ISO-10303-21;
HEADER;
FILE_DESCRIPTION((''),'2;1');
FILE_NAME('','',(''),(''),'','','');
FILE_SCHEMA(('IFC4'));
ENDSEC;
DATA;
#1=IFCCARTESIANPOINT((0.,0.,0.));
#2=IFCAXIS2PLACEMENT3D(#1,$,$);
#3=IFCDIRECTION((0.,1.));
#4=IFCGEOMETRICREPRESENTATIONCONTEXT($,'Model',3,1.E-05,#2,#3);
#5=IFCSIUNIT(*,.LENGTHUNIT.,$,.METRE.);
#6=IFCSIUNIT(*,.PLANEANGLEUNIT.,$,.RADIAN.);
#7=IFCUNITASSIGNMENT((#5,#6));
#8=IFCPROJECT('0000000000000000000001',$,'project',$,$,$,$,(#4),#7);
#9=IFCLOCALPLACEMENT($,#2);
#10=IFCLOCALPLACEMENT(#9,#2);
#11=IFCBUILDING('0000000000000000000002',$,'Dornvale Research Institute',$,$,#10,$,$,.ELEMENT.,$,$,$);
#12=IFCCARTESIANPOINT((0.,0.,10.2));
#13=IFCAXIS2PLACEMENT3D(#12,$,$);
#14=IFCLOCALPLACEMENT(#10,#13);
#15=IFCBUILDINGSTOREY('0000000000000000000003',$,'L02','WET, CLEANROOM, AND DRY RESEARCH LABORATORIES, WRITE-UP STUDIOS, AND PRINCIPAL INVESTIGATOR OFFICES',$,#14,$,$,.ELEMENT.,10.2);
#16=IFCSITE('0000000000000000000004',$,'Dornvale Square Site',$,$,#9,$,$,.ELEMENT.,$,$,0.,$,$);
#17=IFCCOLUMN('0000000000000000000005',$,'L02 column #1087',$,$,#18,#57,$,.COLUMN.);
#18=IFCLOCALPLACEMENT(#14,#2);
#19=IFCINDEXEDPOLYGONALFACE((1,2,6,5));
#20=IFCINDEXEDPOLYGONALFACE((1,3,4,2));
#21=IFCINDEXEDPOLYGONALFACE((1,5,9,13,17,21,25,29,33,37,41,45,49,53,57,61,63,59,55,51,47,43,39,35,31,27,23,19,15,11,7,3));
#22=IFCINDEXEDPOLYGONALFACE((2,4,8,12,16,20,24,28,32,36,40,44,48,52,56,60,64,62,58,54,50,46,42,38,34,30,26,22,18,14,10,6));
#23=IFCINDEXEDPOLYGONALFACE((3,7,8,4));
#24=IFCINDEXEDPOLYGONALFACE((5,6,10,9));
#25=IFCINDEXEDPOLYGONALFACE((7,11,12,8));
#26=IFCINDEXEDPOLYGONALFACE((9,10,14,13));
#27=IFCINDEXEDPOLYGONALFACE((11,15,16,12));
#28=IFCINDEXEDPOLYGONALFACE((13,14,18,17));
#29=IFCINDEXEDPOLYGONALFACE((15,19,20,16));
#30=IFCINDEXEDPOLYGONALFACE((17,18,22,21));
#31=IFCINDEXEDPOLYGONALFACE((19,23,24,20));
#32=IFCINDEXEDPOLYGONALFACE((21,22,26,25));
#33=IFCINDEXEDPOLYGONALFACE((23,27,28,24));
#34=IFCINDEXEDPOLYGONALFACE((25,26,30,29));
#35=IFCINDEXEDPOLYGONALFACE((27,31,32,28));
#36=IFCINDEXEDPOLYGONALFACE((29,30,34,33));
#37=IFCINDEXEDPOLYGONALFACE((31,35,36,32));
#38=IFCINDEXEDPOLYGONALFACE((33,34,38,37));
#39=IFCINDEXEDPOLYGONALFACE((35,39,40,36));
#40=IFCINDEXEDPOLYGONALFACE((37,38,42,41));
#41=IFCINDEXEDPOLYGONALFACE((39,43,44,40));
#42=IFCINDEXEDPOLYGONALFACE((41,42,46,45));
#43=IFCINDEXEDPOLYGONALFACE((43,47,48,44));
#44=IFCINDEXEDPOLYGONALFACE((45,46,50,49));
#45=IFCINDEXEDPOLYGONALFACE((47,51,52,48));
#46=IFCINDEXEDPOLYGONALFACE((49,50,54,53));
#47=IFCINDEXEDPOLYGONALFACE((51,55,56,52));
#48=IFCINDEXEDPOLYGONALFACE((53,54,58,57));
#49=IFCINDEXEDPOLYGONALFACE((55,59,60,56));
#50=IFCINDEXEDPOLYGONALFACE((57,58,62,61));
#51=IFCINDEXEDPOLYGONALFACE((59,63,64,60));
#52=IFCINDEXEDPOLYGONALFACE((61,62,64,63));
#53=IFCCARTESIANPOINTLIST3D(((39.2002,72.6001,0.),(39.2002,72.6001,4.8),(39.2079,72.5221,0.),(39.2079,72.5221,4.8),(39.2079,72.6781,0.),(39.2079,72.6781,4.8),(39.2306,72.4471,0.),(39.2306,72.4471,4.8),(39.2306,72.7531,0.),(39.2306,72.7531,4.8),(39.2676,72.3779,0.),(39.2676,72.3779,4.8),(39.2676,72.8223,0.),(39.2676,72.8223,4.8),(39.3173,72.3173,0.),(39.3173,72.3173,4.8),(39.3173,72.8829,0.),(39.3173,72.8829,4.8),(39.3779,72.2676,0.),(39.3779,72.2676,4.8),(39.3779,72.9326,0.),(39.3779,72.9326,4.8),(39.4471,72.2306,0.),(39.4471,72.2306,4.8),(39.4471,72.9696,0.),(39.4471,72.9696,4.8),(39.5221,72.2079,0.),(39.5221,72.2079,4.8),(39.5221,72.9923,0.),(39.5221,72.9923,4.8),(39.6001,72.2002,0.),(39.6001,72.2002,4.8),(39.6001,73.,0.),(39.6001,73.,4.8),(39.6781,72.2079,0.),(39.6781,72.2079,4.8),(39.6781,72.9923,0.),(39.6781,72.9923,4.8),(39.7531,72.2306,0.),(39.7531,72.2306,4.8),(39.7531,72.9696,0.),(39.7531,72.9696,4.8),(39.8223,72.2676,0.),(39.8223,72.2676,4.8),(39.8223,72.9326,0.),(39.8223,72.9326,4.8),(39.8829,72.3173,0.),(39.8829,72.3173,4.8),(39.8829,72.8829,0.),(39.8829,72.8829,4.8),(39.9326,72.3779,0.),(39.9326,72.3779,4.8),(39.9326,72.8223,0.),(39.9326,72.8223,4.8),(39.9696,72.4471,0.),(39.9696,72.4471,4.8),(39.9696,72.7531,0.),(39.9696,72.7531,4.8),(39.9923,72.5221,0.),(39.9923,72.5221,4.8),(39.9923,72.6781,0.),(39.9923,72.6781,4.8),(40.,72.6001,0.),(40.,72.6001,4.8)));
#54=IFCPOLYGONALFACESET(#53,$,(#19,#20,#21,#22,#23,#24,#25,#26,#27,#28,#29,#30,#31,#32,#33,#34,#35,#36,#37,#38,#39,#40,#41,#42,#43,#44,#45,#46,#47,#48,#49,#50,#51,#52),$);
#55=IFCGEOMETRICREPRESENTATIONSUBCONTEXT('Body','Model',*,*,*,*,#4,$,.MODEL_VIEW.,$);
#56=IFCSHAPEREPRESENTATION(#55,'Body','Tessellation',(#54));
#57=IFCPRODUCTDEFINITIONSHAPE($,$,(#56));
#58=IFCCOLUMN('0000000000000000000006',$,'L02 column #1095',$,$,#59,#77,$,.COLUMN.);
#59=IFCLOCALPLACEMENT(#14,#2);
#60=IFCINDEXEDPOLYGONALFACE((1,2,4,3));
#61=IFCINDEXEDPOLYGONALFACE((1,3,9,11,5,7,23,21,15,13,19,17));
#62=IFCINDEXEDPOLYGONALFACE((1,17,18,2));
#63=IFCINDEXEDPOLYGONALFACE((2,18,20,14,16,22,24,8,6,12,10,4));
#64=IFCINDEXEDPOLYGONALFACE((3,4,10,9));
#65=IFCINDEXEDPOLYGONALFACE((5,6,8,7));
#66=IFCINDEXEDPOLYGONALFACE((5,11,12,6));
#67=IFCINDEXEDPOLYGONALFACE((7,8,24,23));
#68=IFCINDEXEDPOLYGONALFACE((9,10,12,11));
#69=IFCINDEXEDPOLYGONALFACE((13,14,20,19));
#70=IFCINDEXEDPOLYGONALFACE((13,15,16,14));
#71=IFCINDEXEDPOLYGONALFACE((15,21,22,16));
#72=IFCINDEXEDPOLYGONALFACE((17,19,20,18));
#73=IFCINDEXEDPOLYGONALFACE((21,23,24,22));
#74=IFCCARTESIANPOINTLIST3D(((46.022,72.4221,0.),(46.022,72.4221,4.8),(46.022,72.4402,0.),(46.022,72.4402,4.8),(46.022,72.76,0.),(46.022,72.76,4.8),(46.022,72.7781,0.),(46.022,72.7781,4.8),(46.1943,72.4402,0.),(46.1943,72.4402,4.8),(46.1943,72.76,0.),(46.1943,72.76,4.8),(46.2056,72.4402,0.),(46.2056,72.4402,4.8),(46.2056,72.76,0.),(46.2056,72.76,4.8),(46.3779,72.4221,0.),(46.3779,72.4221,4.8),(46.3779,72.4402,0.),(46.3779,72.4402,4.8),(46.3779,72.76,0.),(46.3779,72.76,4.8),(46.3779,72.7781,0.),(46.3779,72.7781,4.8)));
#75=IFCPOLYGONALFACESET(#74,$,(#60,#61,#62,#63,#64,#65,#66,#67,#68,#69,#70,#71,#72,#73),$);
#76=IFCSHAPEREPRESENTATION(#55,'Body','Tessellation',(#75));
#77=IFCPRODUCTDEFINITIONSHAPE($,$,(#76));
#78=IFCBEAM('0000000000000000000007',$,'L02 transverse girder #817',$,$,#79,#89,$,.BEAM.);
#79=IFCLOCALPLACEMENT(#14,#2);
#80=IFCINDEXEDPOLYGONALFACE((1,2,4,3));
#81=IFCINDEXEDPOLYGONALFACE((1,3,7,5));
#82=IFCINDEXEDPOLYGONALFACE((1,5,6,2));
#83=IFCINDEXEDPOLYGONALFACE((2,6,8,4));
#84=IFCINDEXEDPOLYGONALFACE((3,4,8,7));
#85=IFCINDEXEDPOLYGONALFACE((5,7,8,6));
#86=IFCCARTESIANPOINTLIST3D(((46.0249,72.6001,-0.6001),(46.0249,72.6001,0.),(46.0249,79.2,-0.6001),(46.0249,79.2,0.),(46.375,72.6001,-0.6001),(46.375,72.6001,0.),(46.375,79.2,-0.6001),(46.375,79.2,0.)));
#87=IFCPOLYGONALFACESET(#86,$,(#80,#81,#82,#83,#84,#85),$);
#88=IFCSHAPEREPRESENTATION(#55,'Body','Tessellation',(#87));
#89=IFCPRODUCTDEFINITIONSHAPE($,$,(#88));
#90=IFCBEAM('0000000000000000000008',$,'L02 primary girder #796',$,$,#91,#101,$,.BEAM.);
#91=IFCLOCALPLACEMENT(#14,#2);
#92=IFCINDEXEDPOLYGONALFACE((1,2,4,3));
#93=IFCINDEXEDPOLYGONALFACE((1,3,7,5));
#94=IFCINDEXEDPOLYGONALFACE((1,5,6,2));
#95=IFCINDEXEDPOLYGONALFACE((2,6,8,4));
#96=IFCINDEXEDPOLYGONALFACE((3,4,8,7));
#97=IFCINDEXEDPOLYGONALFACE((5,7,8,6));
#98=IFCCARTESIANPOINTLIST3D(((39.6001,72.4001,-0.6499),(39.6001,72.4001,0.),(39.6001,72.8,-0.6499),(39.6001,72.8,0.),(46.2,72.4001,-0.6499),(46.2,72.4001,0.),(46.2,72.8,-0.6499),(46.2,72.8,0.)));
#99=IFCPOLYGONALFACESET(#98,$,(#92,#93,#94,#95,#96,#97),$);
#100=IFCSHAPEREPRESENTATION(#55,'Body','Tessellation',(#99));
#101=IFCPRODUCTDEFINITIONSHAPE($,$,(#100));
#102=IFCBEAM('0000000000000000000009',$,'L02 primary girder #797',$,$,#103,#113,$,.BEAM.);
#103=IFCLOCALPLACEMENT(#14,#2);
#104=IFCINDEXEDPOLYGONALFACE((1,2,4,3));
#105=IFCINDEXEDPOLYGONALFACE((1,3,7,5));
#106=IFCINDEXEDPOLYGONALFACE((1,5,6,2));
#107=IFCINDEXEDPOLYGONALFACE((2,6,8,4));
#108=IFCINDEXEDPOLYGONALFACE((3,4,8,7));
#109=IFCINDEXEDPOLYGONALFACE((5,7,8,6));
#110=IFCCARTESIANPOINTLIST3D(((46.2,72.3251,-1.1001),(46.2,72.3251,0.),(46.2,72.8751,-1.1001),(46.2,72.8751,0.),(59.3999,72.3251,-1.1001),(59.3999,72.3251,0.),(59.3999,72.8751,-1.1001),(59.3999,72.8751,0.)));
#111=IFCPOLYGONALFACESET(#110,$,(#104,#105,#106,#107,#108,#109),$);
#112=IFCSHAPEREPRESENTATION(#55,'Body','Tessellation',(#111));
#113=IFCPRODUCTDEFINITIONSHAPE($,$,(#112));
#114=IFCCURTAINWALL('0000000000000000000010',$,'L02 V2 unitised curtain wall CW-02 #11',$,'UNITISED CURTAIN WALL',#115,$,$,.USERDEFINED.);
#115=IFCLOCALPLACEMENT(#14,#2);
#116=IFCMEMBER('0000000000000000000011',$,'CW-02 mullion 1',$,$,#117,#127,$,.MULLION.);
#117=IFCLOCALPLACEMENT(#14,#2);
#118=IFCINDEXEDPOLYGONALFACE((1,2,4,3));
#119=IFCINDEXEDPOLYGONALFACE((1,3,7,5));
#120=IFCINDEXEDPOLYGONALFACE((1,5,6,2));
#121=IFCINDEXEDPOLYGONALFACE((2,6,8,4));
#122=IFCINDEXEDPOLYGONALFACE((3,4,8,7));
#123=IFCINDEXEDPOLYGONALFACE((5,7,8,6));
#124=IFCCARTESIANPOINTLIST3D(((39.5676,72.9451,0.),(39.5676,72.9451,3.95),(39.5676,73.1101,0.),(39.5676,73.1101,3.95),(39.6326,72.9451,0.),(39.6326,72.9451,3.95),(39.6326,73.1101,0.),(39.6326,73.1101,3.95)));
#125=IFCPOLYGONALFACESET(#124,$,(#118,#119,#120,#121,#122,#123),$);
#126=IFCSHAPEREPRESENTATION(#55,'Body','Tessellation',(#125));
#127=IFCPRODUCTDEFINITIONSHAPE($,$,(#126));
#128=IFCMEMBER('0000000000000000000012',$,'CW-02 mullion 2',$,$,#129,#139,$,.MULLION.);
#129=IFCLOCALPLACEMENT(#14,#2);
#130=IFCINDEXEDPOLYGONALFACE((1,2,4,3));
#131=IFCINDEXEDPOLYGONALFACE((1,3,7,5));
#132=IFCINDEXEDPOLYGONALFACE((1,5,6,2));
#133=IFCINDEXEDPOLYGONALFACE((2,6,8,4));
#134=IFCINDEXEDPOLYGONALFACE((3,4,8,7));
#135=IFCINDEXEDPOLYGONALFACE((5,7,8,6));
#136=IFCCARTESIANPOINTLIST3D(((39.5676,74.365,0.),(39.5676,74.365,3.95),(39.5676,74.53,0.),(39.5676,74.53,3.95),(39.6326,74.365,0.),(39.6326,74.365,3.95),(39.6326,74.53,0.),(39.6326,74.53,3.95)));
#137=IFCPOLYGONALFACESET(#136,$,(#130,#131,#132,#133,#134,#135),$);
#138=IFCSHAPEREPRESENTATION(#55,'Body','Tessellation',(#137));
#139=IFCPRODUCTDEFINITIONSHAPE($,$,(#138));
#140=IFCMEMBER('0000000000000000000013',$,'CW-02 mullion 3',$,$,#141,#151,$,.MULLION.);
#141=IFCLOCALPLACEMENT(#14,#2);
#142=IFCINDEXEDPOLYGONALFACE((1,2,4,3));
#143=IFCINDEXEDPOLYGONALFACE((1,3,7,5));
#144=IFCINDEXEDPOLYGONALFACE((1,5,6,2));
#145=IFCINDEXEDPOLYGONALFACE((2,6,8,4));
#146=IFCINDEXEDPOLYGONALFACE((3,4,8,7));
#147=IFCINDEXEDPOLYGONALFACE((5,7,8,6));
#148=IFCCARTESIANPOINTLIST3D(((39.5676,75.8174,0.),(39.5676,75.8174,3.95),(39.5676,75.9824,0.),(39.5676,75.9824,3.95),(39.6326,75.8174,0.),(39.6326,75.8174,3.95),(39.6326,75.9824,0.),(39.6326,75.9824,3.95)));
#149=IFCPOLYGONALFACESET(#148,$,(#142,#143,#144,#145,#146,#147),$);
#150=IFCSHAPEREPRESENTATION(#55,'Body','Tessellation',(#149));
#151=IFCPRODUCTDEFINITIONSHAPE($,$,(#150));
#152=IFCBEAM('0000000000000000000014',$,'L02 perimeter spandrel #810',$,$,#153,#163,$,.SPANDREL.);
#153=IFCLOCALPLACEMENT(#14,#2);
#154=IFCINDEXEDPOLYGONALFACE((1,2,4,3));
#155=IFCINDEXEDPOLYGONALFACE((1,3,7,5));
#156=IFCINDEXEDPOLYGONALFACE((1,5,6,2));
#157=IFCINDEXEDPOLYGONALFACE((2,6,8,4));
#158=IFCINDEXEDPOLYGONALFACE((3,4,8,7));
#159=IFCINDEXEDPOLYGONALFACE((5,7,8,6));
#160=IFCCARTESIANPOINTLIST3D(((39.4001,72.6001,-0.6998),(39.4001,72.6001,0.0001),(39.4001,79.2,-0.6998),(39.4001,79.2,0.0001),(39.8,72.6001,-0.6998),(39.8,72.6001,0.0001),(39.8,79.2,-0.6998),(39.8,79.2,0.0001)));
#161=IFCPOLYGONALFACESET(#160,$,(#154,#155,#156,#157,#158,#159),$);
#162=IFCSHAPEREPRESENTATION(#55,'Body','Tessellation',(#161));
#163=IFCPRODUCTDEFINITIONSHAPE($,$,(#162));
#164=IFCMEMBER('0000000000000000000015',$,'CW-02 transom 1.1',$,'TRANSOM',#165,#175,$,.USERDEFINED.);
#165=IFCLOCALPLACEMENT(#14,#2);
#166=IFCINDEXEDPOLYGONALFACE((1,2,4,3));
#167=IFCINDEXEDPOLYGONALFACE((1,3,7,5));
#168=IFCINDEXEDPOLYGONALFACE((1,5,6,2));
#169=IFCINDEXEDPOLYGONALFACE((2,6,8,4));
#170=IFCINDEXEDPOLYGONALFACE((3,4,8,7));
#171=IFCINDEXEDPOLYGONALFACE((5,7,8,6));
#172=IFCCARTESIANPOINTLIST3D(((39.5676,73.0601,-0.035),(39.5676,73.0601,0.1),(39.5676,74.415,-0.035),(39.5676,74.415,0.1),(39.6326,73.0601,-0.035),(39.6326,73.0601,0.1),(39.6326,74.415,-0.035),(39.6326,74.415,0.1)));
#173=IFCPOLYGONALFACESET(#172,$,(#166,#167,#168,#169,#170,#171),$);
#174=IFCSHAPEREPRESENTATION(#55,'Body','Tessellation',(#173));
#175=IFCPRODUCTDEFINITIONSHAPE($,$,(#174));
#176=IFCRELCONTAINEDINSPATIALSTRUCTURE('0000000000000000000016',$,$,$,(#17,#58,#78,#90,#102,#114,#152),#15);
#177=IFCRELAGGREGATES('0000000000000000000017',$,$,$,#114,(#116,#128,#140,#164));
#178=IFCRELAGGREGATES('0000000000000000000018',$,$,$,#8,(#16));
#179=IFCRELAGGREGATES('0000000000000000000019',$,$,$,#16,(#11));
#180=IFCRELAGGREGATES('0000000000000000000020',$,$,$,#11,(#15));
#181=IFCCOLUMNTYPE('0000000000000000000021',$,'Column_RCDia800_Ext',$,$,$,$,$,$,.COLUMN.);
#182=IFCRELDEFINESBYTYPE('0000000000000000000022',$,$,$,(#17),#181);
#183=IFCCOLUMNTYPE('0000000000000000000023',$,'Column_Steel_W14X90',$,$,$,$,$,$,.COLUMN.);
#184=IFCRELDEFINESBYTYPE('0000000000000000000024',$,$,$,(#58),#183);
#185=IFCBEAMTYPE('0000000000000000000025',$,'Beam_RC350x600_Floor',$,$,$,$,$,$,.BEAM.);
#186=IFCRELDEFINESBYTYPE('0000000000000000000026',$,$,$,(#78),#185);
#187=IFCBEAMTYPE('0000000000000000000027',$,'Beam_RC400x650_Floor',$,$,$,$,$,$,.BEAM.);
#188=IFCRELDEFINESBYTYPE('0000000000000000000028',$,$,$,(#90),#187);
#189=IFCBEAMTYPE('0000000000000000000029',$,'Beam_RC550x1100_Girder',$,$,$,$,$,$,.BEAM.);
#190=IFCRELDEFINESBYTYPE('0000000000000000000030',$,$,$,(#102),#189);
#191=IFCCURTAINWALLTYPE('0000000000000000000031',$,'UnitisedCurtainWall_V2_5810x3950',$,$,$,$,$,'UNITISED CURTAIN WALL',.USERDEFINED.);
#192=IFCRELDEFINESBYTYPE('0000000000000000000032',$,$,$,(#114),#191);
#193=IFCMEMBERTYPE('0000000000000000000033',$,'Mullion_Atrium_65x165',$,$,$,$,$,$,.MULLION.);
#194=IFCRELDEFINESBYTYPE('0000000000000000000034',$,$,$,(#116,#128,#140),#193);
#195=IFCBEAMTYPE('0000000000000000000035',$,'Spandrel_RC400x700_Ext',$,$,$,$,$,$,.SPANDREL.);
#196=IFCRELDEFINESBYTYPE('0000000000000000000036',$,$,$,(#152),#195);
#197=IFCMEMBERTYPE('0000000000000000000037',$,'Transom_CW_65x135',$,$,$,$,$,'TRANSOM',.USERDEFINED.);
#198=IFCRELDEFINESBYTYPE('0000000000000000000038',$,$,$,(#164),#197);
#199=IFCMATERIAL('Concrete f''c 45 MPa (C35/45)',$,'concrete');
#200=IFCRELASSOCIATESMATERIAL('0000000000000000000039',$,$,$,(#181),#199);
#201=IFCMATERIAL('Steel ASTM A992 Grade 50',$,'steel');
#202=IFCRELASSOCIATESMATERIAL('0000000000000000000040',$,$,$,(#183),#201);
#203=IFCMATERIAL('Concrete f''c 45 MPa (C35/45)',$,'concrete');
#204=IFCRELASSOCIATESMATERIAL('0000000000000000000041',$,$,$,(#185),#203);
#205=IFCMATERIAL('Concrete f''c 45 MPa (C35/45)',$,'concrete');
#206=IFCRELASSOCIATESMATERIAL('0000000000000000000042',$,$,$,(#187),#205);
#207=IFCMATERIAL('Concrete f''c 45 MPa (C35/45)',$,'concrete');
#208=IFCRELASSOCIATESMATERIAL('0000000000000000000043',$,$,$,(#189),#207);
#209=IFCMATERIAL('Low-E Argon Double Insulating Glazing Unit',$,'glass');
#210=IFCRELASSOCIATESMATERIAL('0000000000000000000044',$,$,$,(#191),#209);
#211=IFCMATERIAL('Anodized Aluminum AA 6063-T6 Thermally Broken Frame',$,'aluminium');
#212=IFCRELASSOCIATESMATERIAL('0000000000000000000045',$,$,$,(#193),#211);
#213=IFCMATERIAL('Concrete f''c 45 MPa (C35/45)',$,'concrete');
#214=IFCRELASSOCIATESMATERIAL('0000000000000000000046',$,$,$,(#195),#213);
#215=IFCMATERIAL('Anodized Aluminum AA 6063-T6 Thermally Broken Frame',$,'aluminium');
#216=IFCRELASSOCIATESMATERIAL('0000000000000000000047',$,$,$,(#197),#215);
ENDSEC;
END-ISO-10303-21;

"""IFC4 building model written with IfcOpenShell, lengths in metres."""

from ifc_helpers import new_model, si_unit, direction, frame, origin, origin_2d, place, context, subcontext, project, spatial, rectangle, circle, i_section, extrude, material, material_profile, profile_set, type_object, element, aggregate, save


model = new_model("IFC4")

# Units and contexts
model_context = context("Model", 3, precision=1e-05, world=origin(), true_north=direction((0.0, 1.0)))
body_context = subcontext(model_context, "Body", "Model", "MODEL_VIEW")
ifc_project = project(units=[si_unit("LENGTHUNIT", "METRE"), si_unit("PLANEANGLEUNIT", "RADIAN")], contexts=[model_context])

# Site, building, storey
site_placement = place(None, origin())
site = spatial("IfcSite", under=ifc_project, at=site_placement, Name="Dornvale Square Site", CompositionType="ELEMENT", RefElevation=0.0)
building_placement = place(site_placement, origin())
building = spatial("IfcBuilding", under=site, at=building_placement, Name="Dornvale Research Institute", CompositionType="ELEMENT")
storey_placement = place(building_placement, frame((0.0, 0.0, 10.2)))
storey = spatial("IfcBuildingStorey", under=building, at=storey_placement, Name="L02", Description="WET, CLEANROOM, AND DRY RESEARCH LABORATORIES, WRITE-UP STUDIOS, AND PRINCIPAL INVESTIGATOR OFFICES", CompositionType="ELEMENT", Elevation=10.2)

# Columns
ifc_material_1 = material(Name="Concrete f'c 45 MPa (C35/45)", Category="concrete")
ifc_material_profile_1 = material_profile(ifc_material_1, circle(Radius=0.3999, at=origin_2d()), Name="RC DIA 800")
ifc_profile_set_1 = profile_set([ifc_material_profile_1], Name="Concrete f'c 45 MPa (C35/45)")
column_type_1 = type_object("IfcColumnType", Name="Column_RCDia800_Ext", PredefinedType="COLUMN", material=ifc_profile_set_1)
column_1_placement = place(storey_placement, frame((39.6001, 72.6001, 0.0), z_axis=(0.0, 0.0, 1.0), x_axis=(1.0, 0.0, 0.0)))
element("IfcColumn", 1, at=column_1_placement, inside=storey, type_object=column_type_1, Name="L02 column #1087", PredefinedType="COLUMN", context=body_context, shape_type="SweptSolid", body=[
    extrude(circle(Radius=0.3999, at=origin_2d()), origin(), (0.0, 0.0, 1.0), 4.8),
])
ifc_material_2 = material(Name="Steel ASTM A992 Grade 50", Category="steel")
ifc_material_profile_2 = material_profile(ifc_material_2, i_section(OverallWidth=0.356, OverallDepth=0.356, WebThickness=0.0112, FlangeThickness=0.0181, at=origin_2d()), Name="W14X90")
ifc_profile_set_2 = profile_set([ifc_material_profile_2], Name="Steel ASTM A992 Grade 50")
column_type_2 = type_object("IfcColumnType", Name="Column_Steel_W14X90", PredefinedType="COLUMN", material=ifc_profile_set_2)
column_2_placement = place(storey_placement, frame((46.2, 72.6001, 0.0), z_axis=(0.0, 0.0, 1.0), x_axis=(1.0, 0.0, 0.0)))
element("IfcColumn", 2, at=column_2_placement, inside=storey, type_object=column_type_2, Name="L02 column #1095", PredefinedType="COLUMN", context=body_context, shape_type="SweptSolid", body=[
    extrude(i_section(OverallWidth=0.356, OverallDepth=0.356, WebThickness=0.0112, FlangeThickness=0.0181, at=origin_2d()), origin(), (0.0, 0.0, 1.0), 4.8),
])

# Beams
ifc_material_3 = material(Name="Concrete f'c 45 MPa (C35/45)", Category="concrete")
ifc_material_profile_3 = material_profile(ifc_material_3, rectangle(XDim=0.3501, YDim=0.6001, at=origin_2d()), Name="RC 350x600")
ifc_profile_set_3 = profile_set([ifc_material_profile_3], Name="Concrete f'c 45 MPa (C35/45)")
beam_type_1 = type_object("IfcBeamType", Name="Beam_RC350x600_Floor", PredefinedType="BEAM", material=ifc_profile_set_3)
beam_1_placement = place(storey_placement, frame((46.2, 72.6001, -0.3), z_axis=(0.0, 1.0, 0.0), x_axis=(-1.0, 0.0, 0.0)))
element("IfcBeam", 3, at=beam_1_placement, inside=storey, type_object=beam_type_1, Name="L02 transverse girder #817", PredefinedType="BEAM", context=body_context, shape_type="SweptSolid", body=[
    extrude(rectangle(XDim=0.3501, YDim=0.6001, at=origin_2d()), origin(), (0.0, 0.0, 1.0), 6.5999),
])
ifc_material_4 = material(Name="Concrete f'c 45 MPa (C35/45)", Category="concrete")
ifc_material_profile_4 = material_profile(ifc_material_4, rectangle(XDim=0.3999, YDim=0.6499, at=origin_2d()), Name="RC 400x650")
ifc_profile_set_4 = profile_set([ifc_material_profile_4], Name="Concrete f'c 45 MPa (C35/45)")
beam_type_2 = type_object("IfcBeamType", Name="Beam_RC400x650_Floor", PredefinedType="BEAM", material=ifc_profile_set_4)
beam_2_placement = place(storey_placement, frame((39.6001, 72.6001, -0.325), z_axis=(1.0, 0.0, 0.0), x_axis=(0.0, 1.0, 0.0)))
element("IfcBeam", 4, at=beam_2_placement, inside=storey, type_object=beam_type_2, Name="L02 primary girder #796", PredefinedType="BEAM", context=body_context, shape_type="SweptSolid", body=[
    extrude(rectangle(XDim=0.3999, YDim=0.6499, at=origin_2d()), origin(), (0.0, 0.0, 1.0), 6.5999),
])
ifc_material_5 = material(Name="Concrete f'c 45 MPa (C35/45)", Category="concrete")
ifc_material_profile_5 = material_profile(ifc_material_5, rectangle(XDim=0.55, YDim=1.1001, at=origin_2d()), Name="RC 550x1100")
ifc_profile_set_5 = profile_set([ifc_material_profile_5], Name="Concrete f'c 45 MPa (C35/45)")
beam_type_3 = type_object("IfcBeamType", Name="Beam_RC550x1100_Girder", PredefinedType="BEAM", material=ifc_profile_set_5)
beam_3_placement = place(storey_placement, frame((46.2, 72.6001, -0.55), z_axis=(1.0, 0.0, 0.0), x_axis=(0.0, 1.0, 0.0)))
element("IfcBeam", 5, at=beam_3_placement, inside=storey, type_object=beam_type_3, Name="L02 primary girder #797", PredefinedType="BEAM", context=body_context, shape_type="SweptSolid", body=[
    extrude(rectangle(XDim=0.55, YDim=1.1001, at=origin_2d()), origin(), (0.0, 0.0, 1.0), 13.2),
])

# Curtain wall, members
ifc_material_6 = material(Name="Low-E Argon Double Insulating Glazing Unit", Category="glass")
curtain_wall_type = type_object("IfcCurtainWallType", Name="UnitisedCurtainWall_V2_5810x3950", ElementType="UNITISED CURTAIN WALL", PredefinedType="USERDEFINED", material=ifc_material_6)
curtain_wall_placement = place(storey_placement, origin())
curtain_wall = element("IfcCurtainWall", 6, at=curtain_wall_placement, inside=storey, type_object=curtain_wall_type, Name="L02 V2 unitised curtain wall CW-02 #11", ObjectType="UNITISED CURTAIN WALL", PredefinedType="USERDEFINED")
ifc_material_7 = material(Name="Anodized Aluminum AA 6063-T6 Thermally Broken Frame", Category="aluminium")
ifc_material_profile_6 = material_profile(ifc_material_7, rectangle(XDim=0.0649, YDim=0.165, at=origin_2d()), Name="ALU MULLION 65x165")
ifc_profile_set_6 = profile_set([ifc_material_profile_6], Name="Anodized Aluminum AA 6063-T6 Thermally Broken Frame")
member_type_1 = type_object("IfcMemberType", Name="Mullion_Atrium_65x165", PredefinedType="MULLION", material=ifc_profile_set_6)
member_1_placement = place(storey_placement, frame((39.6001, 73.0276, 0.0), z_axis=(0.0, 0.0, 1.0), x_axis=(-1.0, 0.0, 0.0)))
member_1 = element("IfcMember", 7, at=member_1_placement, type_object=member_type_1, Name="CW-02 mullion 1", PredefinedType="MULLION", context=body_context, shape_type="SweptSolid", body=[
    extrude(rectangle(XDim=0.0649, YDim=0.165, at=origin_2d()), origin(), (0.0, 0.0, 1.0), 3.95),
])
member_2_placement = place(storey_placement, frame((39.6001, 74.4475, 0.0), z_axis=(0.0, 0.0, 1.0), x_axis=(-1.0, 0.0, 0.0)))
member_2 = element("IfcMember", 8, at=member_2_placement, type_object=member_type_1, Name="CW-02 mullion 2", PredefinedType="MULLION", context=body_context, shape_type="SweptSolid", body=[
    extrude(rectangle(XDim=0.0649, YDim=0.165, at=origin_2d()), origin(), (0.0, 0.0, 1.0), 3.95),
])
member_3_placement = place(storey_placement, frame((39.6001, 75.8999, 0.0), z_axis=(0.0, 0.0, 1.0), x_axis=(-1.0, 0.0, 0.0)))
member_3 = element("IfcMember", 9, at=member_3_placement, type_object=member_type_1, Name="CW-02 mullion 3", PredefinedType="MULLION", context=body_context, shape_type="SweptSolid", body=[
    extrude(rectangle(XDim=0.0649, YDim=0.165, at=origin_2d()), origin(), (0.0, 0.0, 1.0), 3.95),
])

# Beam
ifc_material_8 = material(Name="Concrete f'c 45 MPa (C35/45)", Category="concrete")
ifc_material_profile_7 = material_profile(ifc_material_8, rectangle(XDim=0.3999, YDim=0.7, at=origin_2d()), Name="RC 400x700")
ifc_profile_set_7 = profile_set([ifc_material_profile_7], Name="Concrete f'c 45 MPa (C35/45)")
beam_type_4 = type_object("IfcBeamType", Name="Spandrel_RC400x700_Ext", PredefinedType="SPANDREL", material=ifc_profile_set_7)
beam_4_placement = place(storey_placement, frame((39.6001, 72.6001, -0.3499), z_axis=(0.0, 1.0, 0.0), x_axis=(-1.0, 0.0, 0.0)))
element("IfcBeam", 10, at=beam_4_placement, inside=storey, type_object=beam_type_4, Name="L02 perimeter spandrel #810", PredefinedType="SPANDREL", context=body_context, shape_type="SweptSolid", body=[
    extrude(rectangle(XDim=0.3999, YDim=0.7, at=origin_2d()), origin(), (0.0, 0.0, 1.0), 6.5999),
])

# Member
ifc_material_9 = material(Name="Anodized Aluminum AA 6063-T6 Thermally Broken Frame", Category="aluminium")
ifc_material_profile_8 = material_profile(ifc_material_9, rectangle(XDim=0.0649, YDim=0.135, at=origin_2d()), Name="ALU TRANSOM 65x135")
ifc_profile_set_8 = profile_set([ifc_material_profile_8], Name="Anodized Aluminum AA 6063-T6 Thermally Broken Frame")
member_type_2 = type_object("IfcMemberType", Name="Transom_CW_65x135", ElementType="TRANSOM", PredefinedType="USERDEFINED", material=ifc_profile_set_8)
member_4_placement = place(storey_placement, frame((39.6001, 73.0601, 0.0325), z_axis=(0.0, 1.0, 0.0), x_axis=(-1.0, 0.0, 0.0)))
member_4 = element("IfcMember", 11, at=member_4_placement, type_object=member_type_2, Name="CW-02 transom 1.1", ObjectType="TRANSOM", PredefinedType="USERDEFINED", context=body_context, shape_type="SweptSolid", body=[
    extrude(rectangle(XDim=0.0649, YDim=0.135, at=origin_2d()), origin(), (0.0, 0.0, 1.0), 1.355),
])

aggregate(curtain_wall, [member_1, member_2, member_3, member_4])

save(model, "model.ifc")
